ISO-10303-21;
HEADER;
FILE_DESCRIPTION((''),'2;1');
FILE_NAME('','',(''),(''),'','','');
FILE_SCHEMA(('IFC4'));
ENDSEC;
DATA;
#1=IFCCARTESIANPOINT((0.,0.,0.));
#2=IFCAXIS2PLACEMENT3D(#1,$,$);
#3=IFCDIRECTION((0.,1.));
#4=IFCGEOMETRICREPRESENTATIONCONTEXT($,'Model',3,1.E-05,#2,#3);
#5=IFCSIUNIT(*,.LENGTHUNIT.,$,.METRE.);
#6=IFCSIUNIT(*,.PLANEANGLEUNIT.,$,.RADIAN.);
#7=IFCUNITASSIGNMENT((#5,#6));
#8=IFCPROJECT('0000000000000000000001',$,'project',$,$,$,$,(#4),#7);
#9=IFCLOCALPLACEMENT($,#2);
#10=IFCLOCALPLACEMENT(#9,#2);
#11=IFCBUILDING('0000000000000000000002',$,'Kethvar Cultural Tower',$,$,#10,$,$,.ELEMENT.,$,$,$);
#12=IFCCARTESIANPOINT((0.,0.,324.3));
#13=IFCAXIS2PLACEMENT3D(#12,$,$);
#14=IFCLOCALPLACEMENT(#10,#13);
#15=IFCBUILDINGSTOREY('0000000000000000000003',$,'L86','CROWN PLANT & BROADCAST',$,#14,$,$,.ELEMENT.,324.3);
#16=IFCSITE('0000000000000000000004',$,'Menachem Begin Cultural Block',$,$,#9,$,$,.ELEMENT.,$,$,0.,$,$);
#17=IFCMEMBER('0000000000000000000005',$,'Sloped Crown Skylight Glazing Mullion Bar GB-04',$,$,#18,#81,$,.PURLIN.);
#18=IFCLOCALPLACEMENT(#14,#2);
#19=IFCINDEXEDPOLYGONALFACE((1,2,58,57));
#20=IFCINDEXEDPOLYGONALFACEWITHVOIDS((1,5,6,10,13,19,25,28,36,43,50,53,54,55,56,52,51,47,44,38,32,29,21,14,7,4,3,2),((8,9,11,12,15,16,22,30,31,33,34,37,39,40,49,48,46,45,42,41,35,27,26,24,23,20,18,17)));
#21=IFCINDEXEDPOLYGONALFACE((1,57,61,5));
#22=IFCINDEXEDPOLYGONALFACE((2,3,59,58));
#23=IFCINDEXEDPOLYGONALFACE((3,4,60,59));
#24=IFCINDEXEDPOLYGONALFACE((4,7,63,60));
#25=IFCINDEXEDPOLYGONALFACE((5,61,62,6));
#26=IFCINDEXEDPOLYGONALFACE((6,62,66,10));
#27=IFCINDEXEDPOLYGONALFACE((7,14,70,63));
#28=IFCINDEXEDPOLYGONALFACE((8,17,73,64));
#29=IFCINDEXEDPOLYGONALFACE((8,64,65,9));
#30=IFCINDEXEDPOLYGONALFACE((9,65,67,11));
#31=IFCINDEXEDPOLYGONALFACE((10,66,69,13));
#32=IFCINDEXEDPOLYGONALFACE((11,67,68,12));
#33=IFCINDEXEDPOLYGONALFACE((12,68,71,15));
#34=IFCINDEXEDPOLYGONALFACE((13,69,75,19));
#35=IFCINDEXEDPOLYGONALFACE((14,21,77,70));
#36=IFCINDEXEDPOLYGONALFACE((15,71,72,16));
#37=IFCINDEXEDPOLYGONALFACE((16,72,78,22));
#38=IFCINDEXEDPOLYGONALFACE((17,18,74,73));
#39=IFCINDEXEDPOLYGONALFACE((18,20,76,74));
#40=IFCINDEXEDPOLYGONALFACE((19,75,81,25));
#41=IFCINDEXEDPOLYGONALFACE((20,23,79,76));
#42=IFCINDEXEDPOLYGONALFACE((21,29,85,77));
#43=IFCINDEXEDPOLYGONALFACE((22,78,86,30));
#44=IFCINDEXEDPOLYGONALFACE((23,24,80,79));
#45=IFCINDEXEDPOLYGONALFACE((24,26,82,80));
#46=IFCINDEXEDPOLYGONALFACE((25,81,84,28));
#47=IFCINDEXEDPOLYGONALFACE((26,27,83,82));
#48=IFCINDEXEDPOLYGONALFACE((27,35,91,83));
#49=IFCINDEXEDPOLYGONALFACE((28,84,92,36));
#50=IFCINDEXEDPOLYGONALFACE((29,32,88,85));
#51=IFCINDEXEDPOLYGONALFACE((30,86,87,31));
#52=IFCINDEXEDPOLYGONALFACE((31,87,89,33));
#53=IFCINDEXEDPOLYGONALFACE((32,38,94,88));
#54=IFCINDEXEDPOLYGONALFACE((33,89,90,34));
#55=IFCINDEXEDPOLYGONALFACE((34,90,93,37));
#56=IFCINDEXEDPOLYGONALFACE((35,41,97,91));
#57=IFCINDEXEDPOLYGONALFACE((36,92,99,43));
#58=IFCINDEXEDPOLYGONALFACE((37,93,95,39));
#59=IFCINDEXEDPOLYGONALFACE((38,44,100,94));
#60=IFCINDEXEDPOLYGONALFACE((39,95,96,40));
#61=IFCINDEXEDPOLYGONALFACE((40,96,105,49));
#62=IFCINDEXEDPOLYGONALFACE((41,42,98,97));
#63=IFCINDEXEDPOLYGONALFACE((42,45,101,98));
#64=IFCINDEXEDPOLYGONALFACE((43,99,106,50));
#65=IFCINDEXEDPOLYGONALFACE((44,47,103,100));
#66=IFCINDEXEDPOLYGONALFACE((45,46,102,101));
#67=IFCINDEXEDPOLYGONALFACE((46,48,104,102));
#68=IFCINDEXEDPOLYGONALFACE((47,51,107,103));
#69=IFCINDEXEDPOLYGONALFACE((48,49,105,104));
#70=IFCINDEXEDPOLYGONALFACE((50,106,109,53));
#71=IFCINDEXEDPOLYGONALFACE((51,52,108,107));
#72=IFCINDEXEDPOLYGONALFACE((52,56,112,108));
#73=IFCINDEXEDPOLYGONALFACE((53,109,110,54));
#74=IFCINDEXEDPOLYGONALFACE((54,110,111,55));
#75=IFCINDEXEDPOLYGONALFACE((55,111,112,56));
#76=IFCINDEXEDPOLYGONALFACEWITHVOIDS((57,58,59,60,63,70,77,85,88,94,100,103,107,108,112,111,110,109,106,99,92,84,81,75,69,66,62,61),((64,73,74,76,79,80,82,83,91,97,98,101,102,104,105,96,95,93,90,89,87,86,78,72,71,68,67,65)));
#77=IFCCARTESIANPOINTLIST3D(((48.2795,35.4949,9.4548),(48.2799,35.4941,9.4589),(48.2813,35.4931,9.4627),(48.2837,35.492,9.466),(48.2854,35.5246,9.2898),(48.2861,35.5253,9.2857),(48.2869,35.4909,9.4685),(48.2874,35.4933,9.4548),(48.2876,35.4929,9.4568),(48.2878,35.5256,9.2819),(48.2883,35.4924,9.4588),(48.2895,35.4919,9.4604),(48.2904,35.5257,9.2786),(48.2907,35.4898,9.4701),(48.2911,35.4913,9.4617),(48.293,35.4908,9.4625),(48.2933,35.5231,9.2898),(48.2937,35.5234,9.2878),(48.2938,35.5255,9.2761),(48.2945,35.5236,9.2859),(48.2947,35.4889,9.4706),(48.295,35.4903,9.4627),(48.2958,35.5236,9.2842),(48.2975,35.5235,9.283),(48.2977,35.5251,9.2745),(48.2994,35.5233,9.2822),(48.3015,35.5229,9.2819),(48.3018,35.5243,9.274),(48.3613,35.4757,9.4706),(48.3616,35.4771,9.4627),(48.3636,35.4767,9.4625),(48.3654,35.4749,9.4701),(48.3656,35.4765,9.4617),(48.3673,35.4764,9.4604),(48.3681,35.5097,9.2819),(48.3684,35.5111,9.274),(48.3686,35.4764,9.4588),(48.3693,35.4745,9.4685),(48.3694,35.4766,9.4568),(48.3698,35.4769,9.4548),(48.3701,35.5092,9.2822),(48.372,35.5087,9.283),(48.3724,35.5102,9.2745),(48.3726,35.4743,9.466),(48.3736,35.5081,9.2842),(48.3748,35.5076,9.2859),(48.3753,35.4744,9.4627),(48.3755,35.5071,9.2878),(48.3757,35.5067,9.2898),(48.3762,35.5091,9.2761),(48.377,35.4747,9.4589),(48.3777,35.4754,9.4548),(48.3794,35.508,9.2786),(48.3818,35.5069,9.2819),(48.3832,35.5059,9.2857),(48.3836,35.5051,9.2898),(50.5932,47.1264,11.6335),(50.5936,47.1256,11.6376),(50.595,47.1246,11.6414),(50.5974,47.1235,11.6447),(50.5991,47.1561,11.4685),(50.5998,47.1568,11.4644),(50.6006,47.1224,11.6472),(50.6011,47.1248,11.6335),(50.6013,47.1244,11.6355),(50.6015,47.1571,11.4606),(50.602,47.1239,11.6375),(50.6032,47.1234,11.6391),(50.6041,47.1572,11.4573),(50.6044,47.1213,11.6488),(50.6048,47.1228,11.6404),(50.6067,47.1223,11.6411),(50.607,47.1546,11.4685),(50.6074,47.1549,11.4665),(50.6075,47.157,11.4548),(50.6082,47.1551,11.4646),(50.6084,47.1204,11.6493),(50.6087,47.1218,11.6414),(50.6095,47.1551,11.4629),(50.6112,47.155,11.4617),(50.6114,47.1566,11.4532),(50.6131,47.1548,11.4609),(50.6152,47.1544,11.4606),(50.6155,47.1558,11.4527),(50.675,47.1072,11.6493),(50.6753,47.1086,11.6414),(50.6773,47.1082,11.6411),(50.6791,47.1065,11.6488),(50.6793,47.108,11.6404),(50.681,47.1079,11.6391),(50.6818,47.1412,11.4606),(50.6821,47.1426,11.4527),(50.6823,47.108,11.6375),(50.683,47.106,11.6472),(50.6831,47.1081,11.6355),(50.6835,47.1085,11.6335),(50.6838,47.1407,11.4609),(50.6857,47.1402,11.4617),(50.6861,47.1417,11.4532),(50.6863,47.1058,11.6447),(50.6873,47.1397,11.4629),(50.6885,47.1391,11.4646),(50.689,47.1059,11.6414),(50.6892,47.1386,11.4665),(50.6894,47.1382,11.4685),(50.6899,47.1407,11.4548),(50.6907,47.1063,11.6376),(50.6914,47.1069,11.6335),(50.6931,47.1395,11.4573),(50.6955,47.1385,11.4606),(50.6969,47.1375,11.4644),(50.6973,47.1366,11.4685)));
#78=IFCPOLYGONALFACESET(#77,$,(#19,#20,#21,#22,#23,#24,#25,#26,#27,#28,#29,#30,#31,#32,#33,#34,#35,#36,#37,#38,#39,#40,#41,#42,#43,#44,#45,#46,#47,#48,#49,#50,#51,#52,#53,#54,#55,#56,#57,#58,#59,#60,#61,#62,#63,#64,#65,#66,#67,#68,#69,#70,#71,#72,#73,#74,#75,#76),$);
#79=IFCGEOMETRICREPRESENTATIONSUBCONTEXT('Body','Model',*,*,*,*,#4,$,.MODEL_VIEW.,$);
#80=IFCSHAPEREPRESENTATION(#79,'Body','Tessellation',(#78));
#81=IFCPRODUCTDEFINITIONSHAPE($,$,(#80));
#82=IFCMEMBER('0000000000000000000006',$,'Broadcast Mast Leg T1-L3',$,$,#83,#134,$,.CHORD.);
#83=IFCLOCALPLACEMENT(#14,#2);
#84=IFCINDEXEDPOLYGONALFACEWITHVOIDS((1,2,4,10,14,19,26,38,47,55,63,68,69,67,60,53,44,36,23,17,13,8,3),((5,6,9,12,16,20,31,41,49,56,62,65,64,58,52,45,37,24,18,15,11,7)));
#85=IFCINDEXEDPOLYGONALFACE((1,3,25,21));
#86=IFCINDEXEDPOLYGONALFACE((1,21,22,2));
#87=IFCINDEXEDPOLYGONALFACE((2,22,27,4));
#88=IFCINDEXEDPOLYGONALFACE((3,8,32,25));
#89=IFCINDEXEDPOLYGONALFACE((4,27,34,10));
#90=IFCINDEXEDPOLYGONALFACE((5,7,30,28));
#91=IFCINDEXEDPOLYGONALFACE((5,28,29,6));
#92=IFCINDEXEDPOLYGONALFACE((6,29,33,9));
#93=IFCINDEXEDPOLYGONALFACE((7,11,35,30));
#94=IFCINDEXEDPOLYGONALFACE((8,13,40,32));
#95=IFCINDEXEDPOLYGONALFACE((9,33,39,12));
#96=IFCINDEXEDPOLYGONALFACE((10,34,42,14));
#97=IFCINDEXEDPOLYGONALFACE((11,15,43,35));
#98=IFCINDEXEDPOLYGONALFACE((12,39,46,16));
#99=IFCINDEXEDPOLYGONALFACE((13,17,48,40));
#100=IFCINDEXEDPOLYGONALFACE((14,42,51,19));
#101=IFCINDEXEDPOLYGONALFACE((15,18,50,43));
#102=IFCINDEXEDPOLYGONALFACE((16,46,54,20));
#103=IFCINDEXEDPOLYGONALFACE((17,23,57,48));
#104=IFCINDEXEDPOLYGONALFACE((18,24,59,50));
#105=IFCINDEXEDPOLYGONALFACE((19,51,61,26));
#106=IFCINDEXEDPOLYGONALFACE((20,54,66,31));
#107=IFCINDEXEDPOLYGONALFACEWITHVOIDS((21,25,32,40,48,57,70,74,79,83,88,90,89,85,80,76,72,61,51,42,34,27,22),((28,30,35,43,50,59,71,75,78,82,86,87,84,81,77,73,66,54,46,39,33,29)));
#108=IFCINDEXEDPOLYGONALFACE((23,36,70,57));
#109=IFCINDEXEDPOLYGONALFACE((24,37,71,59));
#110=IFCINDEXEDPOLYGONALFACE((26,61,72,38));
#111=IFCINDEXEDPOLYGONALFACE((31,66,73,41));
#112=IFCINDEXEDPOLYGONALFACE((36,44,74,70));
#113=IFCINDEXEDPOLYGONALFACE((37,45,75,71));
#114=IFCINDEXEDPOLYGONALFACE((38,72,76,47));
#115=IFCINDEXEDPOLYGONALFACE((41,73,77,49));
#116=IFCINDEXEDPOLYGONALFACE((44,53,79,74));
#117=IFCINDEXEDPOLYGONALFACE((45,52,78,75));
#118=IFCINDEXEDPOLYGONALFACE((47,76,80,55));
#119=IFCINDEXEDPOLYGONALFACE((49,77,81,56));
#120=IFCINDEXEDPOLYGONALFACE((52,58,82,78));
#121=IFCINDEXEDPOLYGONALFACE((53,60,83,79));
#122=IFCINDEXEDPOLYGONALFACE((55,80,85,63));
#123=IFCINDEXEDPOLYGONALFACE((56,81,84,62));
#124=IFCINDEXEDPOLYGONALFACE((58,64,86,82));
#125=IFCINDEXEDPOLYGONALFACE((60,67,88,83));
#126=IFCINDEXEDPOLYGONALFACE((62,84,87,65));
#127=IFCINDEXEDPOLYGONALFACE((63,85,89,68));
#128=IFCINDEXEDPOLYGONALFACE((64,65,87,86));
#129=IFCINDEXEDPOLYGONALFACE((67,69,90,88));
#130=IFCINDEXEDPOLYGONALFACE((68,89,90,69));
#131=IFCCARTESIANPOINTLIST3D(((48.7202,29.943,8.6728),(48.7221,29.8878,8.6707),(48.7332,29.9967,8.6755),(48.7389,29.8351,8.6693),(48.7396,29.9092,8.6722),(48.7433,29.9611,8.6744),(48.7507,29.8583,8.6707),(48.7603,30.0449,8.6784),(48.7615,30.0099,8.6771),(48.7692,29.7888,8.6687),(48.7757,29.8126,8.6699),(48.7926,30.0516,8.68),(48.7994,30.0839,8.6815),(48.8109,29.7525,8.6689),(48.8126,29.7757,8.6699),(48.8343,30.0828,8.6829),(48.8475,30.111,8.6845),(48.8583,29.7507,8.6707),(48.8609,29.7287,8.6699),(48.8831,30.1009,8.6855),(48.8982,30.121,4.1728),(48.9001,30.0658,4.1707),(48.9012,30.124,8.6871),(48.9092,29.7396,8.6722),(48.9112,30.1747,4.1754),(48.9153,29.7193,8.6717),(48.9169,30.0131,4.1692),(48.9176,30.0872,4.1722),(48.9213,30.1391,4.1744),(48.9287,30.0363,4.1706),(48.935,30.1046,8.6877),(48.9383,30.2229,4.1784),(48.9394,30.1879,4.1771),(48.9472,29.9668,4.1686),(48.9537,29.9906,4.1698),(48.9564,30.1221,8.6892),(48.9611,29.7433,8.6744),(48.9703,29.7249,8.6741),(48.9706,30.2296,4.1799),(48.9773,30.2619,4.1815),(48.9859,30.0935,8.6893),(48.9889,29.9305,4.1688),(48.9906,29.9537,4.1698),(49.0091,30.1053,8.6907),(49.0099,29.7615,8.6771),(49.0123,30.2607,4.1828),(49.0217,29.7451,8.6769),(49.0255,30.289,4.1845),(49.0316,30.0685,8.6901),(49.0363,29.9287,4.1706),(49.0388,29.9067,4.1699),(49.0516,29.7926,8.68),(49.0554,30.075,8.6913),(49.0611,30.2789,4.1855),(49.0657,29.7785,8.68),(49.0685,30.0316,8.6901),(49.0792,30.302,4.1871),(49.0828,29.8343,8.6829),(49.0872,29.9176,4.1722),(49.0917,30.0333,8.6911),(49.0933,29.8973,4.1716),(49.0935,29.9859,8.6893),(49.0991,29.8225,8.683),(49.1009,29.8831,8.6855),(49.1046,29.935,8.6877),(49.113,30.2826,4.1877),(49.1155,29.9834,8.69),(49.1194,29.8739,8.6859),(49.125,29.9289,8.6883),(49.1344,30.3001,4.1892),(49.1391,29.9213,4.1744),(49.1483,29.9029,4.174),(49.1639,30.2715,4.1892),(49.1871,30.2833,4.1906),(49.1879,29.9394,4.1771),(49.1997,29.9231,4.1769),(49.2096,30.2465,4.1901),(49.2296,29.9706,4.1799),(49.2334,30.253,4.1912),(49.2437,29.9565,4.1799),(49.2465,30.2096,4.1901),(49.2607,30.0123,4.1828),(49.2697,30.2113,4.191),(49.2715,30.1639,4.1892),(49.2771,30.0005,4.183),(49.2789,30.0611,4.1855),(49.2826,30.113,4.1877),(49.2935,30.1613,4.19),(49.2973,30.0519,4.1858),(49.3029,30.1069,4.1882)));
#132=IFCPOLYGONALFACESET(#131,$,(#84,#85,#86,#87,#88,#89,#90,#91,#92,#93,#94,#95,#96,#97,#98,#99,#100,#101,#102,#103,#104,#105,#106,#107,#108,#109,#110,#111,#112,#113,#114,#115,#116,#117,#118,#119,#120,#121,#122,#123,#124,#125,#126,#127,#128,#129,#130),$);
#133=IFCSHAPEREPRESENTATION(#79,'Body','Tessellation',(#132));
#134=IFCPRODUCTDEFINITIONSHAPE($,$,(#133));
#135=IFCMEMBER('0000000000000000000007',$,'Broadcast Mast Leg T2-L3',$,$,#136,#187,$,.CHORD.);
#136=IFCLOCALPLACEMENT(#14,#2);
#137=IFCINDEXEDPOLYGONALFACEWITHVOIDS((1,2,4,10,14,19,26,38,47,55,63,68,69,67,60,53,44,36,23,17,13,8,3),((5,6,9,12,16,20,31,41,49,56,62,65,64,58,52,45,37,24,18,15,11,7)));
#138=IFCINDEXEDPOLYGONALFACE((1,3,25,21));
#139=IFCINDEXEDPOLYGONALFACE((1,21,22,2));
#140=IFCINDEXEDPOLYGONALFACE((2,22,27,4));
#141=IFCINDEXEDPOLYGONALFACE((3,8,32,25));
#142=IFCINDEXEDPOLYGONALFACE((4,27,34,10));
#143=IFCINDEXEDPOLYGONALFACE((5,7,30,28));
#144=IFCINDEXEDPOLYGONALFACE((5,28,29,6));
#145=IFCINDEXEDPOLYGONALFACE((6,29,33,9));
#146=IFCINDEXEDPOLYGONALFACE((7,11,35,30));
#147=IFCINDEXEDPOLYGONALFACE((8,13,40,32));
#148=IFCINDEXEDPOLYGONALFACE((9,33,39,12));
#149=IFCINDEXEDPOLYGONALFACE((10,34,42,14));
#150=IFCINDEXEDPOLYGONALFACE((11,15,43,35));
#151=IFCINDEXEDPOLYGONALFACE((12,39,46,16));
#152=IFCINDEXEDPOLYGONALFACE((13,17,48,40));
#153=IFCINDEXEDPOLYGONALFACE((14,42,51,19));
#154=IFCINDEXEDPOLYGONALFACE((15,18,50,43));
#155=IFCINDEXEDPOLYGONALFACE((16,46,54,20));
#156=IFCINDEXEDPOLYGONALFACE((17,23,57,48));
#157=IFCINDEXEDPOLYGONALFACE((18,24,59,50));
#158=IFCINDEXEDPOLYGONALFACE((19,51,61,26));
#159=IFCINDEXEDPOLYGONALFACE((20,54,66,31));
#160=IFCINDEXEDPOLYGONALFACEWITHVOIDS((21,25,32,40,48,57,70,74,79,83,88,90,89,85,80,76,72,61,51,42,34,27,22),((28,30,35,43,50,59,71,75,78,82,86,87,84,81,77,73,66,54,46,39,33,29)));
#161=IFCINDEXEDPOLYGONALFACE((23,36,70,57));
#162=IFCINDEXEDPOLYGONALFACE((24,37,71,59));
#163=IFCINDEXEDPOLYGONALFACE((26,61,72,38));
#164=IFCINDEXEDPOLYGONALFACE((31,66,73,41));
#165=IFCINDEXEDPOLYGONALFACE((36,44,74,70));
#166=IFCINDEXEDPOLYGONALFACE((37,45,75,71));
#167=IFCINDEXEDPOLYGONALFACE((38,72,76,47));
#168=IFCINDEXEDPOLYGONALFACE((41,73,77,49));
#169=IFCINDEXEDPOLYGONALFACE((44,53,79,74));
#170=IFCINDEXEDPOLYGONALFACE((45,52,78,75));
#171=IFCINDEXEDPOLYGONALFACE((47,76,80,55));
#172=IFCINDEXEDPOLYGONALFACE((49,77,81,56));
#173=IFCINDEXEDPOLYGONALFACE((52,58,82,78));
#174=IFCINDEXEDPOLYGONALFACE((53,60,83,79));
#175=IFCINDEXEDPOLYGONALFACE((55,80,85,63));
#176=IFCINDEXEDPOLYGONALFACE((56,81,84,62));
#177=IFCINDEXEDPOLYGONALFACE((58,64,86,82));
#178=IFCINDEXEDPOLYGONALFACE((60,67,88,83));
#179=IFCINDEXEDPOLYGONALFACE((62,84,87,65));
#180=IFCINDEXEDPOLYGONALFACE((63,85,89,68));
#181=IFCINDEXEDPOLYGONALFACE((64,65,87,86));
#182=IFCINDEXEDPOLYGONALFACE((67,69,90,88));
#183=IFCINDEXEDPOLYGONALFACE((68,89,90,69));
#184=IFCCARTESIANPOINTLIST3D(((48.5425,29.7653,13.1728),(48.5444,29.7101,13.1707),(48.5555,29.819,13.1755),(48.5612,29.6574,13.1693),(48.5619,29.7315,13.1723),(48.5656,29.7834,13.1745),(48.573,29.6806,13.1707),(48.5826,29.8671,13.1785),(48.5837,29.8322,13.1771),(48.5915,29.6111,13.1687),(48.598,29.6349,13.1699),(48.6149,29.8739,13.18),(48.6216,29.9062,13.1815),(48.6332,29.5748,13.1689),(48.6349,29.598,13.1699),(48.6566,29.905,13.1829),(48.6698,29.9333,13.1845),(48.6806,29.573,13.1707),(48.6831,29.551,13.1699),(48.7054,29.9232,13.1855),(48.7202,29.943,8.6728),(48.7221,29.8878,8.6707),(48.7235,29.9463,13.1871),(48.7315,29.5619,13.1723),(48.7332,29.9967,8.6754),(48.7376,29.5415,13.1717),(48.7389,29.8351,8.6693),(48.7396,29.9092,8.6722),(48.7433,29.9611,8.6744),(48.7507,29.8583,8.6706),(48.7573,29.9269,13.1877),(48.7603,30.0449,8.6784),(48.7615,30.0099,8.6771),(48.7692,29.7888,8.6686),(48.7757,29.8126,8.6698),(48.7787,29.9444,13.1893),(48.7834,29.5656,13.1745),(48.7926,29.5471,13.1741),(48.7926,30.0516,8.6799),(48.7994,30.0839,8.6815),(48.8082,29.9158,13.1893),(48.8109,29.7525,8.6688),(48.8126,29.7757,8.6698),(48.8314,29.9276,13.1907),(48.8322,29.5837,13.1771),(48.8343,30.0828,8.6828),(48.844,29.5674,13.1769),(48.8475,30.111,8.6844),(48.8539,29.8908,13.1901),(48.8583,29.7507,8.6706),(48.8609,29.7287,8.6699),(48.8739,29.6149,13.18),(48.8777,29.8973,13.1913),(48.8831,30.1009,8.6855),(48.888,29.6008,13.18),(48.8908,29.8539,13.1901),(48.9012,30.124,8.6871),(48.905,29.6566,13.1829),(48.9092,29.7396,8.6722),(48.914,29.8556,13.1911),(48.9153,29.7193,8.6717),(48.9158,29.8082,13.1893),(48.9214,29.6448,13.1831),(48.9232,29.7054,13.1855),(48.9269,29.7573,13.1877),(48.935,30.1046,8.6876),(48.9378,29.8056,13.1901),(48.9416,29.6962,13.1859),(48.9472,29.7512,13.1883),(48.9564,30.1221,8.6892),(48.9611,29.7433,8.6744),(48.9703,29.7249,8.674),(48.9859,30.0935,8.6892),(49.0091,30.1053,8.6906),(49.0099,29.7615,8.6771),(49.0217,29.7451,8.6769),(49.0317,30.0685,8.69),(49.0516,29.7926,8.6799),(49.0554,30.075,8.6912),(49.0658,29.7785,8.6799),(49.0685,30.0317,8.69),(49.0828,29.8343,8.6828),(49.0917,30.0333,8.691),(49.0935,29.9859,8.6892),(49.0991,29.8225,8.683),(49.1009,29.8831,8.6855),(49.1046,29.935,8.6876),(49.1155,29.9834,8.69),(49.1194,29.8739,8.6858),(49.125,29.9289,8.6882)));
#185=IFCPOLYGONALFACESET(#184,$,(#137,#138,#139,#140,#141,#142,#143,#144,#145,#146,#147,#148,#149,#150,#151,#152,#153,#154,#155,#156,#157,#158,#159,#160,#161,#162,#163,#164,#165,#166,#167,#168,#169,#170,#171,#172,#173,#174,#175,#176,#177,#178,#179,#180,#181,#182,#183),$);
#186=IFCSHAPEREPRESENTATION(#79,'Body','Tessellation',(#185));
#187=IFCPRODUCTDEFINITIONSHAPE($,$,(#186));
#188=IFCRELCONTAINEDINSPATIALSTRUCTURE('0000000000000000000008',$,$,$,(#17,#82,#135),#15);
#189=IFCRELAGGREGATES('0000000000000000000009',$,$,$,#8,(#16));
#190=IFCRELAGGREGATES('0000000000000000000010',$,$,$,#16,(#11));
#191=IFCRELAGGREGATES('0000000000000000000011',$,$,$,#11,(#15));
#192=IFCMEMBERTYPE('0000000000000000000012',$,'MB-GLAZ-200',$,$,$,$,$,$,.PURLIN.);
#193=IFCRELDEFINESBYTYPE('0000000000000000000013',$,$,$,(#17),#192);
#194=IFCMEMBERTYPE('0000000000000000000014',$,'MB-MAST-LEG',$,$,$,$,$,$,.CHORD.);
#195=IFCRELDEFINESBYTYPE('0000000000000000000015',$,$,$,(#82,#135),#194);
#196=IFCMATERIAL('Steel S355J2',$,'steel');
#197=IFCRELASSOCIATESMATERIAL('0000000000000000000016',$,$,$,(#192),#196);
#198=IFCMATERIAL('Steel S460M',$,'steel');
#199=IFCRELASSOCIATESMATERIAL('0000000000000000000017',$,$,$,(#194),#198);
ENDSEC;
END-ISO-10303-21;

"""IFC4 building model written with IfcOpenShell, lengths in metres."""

from ifc_helpers import new_model, si_unit, direction, frame, origin, origin_2d, place, context, subcontext, project, spatial, hollow_rectangle, hollow_circle, extrude, source, transform, mapped, material, material_profile, profile_set, type_object, element, save


model = new_model("IFC4")

# Units and contexts
model_context = context("Model", 3, precision=1e-05, world=origin(), true_north=direction((0.0, 1.0)))
body_context = subcontext(model_context, "Body", "Model", "MODEL_VIEW")
ifc_project = project(units=[si_unit("LENGTHUNIT", "METRE"), si_unit("PLANEANGLEUNIT", "RADIAN")], contexts=[model_context])

# Site, building, storey
site_placement = place(None, origin())
site = spatial("IfcSite", under=ifc_project, at=site_placement, Name="Menachem Begin Cultural Block", CompositionType="ELEMENT", RefElevation=0.0)
building_placement = place(site_placement, origin())
building = spatial("IfcBuilding", under=site, at=building_placement, Name="Kethvar Cultural Tower", CompositionType="ELEMENT")
storey_placement = place(building_placement, frame((0.0, 0.0, 324.3)))
storey = spatial("IfcBuildingStorey", under=building, at=storey_placement, Name="L86", Description="CROWN PLANT & BROADCAST", CompositionType="ELEMENT", Elevation=324.3)

# Shared definitions
ifc_material_1 = material(Name="Steel S355J2", Category="steel")

# Members
ifc_material_profile_1 = material_profile(ifc_material_1, hollow_rectangle(XDim=0.1001, YDim=0.2, WallThickness=0.0081, InnerFilletRadius=0.0081, OuterFilletRadius=0.0161, at=origin_2d()), Name="Steel S355J2 — RHS200x100x8")
ifc_profile_set_1 = profile_set([ifc_material_profile_1], Name="Steel S355J2 — RHS200x100x8")
member_type_1 = type_object("IfcMemberType", Name="MB-GLAZ-200", PredefinedType="PURLIN", material=ifc_profile_set_1)
shared_shape_1 = source(origin(), body_context, "Body", "SweptSolid", [
    extrude(hollow_rectangle(XDim=0.1001, YDim=0.2, WallThickness=0.0081, InnerFilletRadius=0.0081, OuterFilletRadius=0.0161, at=origin_2d()), origin(), (0.0, 0.0, 1.0), 12.0579),
])
member_1_placement = place(storey_placement, frame((48.3315, 35.5, 9.3723), z_axis=(0.191884, 0.964641, 0.180687), x_axis=(-0.980784, 0.195095, 0.0)))
element("IfcMember", 1, at=member_1_placement, inside=storey, type_object=member_type_1, Name="Sloped Crown Skylight Glazing Mullion Bar GB-04", PredefinedType="PURLIN", context=body_context, shape_type="MappedRepresentation", body=[
    mapped(shared_shape_1, transform((0.0, 0.0, 0.0), scale=1.0)),
])
ifc_material_2 = material(Name="Steel S460M", Category="steel")
ifc_material_profile_2 = material_profile(ifc_material_2, hollow_circle(Radius=0.2031, WallThickness=0.02, at=origin_2d()), Name="Steel S460M — CHS406x20")
ifc_profile_set_2 = profile_set([ifc_material_profile_2], Name="Steel S460M — CHS406x20")
member_type_2 = type_object("IfcMemberType", Name="MB-MAST-LEG", PredefinedType="CHORD", material=ifc_profile_set_2)
shared_shape_2 = source(origin(), body_context, "Body", "SweptSolid", [
    extrude(hollow_circle(Radius=0.2031, WallThickness=0.02, at=origin_2d()), origin(), (0.0, 0.0, 1.0), 4.5071),
])
for number, where, z_axis, x_axis, name in (
    (2, (49.1001, 30.1001, 4.1799), (-0.039489, -0.039489, 0.998439), (0.707107, -0.707107, 0.0), "Broadcast Mast Leg T1-L3"),
    (3, (48.9221, 29.9221, 8.6799), (-0.039435, -0.039435, 0.998444), (0.707107, -0.707107, 0.0), "Broadcast Mast Leg T2-L3"),
):
    element("IfcMember", number, at=place(storey_placement, frame(where, z_axis=z_axis, x_axis=x_axis)), inside=storey, type_object=member_type_2, Name=name, PredefinedType="CHORD", context=body_context, shape_type="MappedRepresentation", body=[
        mapped(shared_shape_2, transform((0.0, 0.0, 0.0), scale=1.0)),
    ])

save(model, "model.ifc")
